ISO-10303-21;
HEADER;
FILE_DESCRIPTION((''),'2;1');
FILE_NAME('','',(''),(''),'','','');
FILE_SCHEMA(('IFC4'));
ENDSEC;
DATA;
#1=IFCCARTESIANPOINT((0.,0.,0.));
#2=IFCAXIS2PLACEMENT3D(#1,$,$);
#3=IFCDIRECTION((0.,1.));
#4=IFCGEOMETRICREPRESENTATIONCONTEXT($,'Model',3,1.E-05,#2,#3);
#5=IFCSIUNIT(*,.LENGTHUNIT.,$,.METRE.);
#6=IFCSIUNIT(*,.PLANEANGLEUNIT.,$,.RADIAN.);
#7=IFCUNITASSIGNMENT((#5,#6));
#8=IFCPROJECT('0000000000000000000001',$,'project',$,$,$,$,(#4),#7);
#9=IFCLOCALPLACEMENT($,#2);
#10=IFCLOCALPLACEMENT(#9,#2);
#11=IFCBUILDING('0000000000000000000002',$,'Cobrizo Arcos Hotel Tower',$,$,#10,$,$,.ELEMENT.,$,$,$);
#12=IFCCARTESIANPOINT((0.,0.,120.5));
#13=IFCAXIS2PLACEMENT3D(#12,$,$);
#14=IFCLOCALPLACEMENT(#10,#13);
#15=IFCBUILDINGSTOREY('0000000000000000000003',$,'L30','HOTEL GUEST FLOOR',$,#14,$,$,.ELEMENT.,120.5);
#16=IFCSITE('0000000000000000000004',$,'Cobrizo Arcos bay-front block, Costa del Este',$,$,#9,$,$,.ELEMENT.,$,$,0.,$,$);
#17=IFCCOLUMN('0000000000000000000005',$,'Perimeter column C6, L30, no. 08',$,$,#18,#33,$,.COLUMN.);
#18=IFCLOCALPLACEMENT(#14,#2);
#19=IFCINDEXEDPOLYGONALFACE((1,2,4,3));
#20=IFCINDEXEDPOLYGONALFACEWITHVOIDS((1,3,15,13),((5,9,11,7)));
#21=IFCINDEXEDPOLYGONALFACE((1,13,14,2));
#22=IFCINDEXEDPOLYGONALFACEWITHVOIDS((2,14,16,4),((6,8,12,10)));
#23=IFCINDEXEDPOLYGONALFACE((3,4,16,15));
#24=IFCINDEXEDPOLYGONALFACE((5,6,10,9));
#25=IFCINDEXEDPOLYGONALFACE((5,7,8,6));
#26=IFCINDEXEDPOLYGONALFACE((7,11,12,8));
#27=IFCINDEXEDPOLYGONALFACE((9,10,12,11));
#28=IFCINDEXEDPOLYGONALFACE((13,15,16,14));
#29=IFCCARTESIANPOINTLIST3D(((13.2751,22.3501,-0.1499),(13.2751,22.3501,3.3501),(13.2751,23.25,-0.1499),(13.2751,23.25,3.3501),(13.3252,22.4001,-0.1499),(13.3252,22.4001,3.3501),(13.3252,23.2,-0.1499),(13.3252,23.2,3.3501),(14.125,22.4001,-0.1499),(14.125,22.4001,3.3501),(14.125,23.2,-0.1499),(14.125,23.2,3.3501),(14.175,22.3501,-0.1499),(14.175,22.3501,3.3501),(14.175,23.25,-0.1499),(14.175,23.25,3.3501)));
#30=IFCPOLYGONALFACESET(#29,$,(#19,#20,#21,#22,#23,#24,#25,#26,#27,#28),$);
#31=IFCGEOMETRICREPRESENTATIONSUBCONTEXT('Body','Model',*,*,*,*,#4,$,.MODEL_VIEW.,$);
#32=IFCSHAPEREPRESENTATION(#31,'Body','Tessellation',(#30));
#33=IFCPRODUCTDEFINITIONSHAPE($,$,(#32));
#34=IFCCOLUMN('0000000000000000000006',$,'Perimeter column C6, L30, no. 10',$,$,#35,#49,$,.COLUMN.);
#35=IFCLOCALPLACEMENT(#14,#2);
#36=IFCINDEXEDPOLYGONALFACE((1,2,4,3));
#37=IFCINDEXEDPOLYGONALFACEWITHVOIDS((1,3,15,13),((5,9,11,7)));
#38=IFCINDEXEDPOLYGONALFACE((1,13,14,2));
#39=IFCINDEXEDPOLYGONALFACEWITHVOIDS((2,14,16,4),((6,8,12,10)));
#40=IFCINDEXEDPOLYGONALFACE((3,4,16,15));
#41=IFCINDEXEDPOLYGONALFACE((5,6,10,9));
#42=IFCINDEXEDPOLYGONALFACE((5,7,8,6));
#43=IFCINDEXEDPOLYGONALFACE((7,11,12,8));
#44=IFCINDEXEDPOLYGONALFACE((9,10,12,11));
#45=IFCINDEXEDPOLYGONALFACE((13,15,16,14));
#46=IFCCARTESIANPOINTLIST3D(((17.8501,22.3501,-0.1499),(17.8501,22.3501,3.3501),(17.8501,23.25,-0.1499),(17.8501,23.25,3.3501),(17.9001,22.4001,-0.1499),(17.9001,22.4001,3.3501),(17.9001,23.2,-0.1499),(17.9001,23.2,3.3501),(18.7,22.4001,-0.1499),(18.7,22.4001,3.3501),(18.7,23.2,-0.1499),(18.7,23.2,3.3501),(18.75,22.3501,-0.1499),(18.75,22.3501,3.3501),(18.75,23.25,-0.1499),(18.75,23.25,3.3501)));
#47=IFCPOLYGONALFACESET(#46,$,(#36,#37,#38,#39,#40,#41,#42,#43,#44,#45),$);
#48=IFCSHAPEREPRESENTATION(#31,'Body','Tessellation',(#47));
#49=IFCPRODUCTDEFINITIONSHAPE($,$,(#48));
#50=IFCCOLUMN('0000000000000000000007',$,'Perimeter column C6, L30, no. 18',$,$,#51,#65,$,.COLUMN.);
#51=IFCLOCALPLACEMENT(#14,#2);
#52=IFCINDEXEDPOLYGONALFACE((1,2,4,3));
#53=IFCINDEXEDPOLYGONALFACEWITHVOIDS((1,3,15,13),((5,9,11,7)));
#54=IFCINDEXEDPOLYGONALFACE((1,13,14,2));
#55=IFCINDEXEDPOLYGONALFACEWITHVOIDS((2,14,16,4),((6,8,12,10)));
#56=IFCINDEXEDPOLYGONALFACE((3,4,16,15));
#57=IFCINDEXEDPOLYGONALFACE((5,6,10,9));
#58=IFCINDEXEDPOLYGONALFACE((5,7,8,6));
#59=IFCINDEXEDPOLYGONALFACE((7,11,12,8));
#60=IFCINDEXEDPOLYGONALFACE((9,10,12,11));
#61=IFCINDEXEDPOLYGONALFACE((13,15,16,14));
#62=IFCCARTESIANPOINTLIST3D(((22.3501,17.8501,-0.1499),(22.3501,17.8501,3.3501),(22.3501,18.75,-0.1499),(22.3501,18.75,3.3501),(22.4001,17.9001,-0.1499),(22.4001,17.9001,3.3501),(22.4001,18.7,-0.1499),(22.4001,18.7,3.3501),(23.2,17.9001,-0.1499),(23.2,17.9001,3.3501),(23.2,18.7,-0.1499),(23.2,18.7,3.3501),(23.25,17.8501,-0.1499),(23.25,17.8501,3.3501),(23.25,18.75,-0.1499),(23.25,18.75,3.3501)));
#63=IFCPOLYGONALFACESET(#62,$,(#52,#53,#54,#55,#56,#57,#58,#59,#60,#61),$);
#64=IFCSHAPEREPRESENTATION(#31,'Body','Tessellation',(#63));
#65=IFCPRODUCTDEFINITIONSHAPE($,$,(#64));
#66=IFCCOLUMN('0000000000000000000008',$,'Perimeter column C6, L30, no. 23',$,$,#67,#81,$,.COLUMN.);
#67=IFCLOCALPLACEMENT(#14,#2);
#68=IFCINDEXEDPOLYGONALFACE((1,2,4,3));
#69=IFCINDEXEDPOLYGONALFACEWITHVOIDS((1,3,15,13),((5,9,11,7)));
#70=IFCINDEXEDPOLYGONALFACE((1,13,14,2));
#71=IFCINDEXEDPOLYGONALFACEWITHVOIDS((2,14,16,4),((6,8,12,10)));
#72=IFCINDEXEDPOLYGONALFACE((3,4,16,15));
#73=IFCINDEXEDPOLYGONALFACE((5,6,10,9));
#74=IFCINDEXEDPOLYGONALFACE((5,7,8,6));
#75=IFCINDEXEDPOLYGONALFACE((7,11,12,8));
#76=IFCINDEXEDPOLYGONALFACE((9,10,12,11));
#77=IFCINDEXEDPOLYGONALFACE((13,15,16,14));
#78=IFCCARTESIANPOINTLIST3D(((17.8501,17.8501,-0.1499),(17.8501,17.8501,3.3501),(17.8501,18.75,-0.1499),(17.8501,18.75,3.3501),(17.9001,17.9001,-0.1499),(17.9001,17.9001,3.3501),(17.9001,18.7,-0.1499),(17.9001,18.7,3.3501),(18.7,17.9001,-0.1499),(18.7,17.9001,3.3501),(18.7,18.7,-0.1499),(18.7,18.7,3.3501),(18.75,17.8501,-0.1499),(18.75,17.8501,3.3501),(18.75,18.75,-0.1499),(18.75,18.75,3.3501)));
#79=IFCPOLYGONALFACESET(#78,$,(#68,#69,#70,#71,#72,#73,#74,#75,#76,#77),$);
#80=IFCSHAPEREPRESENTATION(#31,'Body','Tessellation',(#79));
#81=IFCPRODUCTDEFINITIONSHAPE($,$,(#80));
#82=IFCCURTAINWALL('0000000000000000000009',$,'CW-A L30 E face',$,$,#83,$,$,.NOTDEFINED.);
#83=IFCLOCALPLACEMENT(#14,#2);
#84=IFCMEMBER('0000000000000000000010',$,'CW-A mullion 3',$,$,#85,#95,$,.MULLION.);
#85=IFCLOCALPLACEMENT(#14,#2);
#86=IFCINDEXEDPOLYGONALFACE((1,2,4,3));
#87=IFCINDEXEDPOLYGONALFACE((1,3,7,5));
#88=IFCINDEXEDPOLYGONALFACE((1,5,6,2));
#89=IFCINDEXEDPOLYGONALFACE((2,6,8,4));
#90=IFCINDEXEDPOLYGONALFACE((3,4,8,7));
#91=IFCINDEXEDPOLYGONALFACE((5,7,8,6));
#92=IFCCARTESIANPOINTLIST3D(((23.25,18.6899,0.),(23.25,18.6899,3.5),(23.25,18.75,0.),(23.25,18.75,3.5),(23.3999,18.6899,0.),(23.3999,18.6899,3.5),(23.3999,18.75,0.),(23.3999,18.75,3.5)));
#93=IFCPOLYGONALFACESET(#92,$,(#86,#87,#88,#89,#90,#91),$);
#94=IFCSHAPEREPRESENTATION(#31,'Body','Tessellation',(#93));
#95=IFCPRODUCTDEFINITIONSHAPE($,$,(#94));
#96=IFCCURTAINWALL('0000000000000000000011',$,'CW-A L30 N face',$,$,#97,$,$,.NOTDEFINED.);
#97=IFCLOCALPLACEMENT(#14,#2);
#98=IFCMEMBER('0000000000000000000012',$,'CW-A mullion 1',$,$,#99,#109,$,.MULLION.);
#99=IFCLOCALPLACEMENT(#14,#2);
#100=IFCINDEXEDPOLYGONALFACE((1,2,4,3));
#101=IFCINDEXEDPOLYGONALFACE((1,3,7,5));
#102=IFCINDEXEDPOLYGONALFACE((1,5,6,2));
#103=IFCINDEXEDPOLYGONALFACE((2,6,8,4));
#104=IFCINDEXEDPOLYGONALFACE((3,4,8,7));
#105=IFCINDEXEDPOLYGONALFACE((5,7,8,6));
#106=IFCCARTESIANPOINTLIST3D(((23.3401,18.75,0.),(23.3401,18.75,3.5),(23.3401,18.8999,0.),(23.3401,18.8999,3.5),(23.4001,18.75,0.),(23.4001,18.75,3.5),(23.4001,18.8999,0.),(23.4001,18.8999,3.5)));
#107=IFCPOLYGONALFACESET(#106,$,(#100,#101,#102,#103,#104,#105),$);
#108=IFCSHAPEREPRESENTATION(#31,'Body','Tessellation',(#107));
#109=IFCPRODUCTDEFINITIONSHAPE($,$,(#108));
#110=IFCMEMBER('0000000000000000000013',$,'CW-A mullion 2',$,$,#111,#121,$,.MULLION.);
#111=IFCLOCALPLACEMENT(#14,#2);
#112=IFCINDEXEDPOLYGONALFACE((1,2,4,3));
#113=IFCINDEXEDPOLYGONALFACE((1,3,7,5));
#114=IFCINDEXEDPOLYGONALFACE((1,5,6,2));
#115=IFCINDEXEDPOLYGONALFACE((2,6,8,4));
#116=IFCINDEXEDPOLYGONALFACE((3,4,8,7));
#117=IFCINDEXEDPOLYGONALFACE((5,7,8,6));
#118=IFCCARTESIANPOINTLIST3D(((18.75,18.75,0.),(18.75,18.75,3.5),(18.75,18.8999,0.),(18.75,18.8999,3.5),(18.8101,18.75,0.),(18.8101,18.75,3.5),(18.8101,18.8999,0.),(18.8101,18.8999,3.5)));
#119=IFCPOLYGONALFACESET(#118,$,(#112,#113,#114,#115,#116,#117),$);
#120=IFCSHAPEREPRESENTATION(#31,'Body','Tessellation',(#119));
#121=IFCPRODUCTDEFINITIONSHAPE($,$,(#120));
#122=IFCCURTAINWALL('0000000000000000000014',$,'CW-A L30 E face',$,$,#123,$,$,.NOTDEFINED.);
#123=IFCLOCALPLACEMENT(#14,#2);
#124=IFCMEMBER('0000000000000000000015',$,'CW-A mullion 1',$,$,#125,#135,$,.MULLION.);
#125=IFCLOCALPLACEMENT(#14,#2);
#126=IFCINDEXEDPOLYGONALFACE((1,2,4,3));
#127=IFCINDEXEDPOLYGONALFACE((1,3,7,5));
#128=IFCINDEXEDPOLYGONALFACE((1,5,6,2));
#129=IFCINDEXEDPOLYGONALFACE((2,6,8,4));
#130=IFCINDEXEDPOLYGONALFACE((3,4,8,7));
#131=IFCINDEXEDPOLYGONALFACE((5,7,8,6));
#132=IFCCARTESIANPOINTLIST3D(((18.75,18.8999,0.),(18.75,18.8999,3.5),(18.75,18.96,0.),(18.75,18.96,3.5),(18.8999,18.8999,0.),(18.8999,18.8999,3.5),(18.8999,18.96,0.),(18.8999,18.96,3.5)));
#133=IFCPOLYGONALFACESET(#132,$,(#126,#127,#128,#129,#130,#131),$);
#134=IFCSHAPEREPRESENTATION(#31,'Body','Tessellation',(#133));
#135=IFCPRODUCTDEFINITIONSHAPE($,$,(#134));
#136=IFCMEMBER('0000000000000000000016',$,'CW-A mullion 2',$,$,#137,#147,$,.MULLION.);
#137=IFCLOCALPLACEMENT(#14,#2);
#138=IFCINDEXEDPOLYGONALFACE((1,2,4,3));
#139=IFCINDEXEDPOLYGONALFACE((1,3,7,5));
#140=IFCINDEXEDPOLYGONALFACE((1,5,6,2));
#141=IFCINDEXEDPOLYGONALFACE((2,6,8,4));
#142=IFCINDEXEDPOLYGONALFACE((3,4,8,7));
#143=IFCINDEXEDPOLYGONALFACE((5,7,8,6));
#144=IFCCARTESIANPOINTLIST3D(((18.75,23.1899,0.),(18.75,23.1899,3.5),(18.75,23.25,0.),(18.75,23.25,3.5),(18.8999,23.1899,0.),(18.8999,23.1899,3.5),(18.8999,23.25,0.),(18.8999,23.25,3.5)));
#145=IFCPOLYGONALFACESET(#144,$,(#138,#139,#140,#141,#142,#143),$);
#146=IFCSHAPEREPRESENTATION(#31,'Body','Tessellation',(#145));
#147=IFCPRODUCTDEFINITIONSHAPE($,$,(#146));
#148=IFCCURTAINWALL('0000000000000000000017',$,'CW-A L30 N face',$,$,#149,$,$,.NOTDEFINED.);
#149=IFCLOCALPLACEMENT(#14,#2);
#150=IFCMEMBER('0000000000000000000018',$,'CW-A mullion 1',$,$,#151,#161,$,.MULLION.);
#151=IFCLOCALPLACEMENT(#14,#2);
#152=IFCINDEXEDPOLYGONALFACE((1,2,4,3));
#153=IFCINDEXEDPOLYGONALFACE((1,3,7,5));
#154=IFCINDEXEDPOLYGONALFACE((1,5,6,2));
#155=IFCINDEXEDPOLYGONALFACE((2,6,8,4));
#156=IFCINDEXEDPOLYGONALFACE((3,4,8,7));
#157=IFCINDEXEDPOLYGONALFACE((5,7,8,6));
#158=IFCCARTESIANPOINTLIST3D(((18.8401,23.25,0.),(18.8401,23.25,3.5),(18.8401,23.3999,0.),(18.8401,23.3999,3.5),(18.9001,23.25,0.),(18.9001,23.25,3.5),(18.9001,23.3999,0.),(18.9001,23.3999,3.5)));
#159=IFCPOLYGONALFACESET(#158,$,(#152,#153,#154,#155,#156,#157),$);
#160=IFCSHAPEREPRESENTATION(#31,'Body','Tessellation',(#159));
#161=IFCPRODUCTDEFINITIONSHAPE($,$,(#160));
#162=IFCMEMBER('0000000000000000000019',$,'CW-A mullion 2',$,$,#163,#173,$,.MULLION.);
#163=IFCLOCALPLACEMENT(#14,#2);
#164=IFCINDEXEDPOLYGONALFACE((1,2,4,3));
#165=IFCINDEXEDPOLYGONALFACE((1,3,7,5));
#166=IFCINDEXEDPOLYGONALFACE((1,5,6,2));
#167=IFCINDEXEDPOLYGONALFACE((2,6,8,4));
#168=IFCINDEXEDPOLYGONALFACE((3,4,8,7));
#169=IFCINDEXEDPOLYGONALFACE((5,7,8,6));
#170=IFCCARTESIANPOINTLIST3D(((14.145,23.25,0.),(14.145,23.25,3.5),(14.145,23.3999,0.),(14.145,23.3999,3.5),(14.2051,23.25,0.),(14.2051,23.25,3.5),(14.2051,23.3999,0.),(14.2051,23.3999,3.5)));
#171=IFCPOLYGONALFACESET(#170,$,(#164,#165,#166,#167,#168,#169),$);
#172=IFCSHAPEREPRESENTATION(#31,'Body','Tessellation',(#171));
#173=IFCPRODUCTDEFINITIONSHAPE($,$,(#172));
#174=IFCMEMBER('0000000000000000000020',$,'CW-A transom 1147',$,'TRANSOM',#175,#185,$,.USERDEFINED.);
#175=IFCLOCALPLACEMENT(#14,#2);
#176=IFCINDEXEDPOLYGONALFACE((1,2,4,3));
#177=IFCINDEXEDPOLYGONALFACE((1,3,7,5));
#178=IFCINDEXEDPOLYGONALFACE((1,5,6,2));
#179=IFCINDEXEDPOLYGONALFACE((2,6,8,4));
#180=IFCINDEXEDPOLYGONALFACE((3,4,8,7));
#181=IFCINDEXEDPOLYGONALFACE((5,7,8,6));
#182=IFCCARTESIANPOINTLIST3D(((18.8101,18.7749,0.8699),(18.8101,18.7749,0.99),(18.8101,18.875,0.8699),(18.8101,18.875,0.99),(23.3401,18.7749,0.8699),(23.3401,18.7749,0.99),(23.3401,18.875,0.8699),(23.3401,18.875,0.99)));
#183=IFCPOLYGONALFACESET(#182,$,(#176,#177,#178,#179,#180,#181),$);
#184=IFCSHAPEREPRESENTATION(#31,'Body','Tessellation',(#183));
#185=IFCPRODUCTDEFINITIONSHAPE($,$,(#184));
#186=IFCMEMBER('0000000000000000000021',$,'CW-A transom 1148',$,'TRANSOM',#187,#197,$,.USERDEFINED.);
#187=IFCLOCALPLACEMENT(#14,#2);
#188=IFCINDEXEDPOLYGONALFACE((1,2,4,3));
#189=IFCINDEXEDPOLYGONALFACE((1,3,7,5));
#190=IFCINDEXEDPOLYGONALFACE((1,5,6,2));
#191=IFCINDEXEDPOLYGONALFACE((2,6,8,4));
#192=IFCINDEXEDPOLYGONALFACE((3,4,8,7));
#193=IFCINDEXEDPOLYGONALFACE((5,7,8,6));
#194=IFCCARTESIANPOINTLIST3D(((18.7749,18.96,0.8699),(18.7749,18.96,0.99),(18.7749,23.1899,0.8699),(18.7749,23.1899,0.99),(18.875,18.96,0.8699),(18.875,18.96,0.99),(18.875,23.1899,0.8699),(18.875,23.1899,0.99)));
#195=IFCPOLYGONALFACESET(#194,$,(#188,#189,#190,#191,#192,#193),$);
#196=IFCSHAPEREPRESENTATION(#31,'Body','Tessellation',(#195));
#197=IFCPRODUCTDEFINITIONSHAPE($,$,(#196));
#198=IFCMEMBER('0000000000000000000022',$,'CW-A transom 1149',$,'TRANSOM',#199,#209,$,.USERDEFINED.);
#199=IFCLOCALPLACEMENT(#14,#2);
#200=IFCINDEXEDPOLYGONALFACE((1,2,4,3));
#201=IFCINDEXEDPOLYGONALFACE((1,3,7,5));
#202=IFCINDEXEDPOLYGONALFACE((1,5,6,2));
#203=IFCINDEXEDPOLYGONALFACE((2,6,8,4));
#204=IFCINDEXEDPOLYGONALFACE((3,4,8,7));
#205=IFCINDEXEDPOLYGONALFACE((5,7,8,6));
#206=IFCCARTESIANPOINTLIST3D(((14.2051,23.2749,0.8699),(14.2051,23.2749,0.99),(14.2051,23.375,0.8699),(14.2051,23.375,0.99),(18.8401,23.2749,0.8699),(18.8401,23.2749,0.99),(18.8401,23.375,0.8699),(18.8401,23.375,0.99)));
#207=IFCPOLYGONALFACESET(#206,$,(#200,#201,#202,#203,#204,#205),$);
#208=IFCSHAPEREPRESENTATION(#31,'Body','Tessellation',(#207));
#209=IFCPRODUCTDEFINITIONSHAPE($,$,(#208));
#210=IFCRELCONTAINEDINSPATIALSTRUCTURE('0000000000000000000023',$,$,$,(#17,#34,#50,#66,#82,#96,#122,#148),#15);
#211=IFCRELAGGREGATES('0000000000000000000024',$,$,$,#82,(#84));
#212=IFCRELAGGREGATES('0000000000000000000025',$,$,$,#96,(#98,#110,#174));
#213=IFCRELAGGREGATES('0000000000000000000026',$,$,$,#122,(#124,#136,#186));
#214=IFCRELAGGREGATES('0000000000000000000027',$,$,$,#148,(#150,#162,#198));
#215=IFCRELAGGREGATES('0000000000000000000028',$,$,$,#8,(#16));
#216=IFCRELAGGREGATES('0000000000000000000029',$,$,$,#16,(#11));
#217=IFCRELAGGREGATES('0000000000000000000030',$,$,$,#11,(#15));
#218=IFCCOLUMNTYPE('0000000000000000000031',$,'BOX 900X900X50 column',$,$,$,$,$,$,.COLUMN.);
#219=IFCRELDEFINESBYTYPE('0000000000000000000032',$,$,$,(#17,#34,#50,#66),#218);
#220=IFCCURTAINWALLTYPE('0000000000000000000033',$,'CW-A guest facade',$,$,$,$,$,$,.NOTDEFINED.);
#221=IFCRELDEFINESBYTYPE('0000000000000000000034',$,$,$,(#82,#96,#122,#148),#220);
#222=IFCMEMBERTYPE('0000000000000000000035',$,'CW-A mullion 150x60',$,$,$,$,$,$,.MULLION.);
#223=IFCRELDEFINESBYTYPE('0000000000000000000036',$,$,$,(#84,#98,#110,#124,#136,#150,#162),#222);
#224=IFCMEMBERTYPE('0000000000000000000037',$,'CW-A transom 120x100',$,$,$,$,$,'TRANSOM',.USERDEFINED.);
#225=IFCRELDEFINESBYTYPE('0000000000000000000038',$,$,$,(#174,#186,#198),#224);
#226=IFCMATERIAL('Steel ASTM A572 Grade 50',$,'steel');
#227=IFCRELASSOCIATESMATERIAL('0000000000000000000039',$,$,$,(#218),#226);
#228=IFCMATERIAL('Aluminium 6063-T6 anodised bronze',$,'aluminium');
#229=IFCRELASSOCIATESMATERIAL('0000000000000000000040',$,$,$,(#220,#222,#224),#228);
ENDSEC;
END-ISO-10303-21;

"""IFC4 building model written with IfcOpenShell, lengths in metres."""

from ifc_helpers import new_model, si_unit, direction, frame, origin, origin_2d, place, context, subcontext, project, spatial, rectangle, hollow_rectangle, extrude, material, material_profile, profile_set, type_object, element, aggregate, save


model = new_model("IFC4")

# Units and contexts
model_context = context("Model", 3, precision=1e-05, world=origin(), true_north=direction((0.0, 1.0)))
body_context = subcontext(model_context, "Body", "Model", "MODEL_VIEW")
ifc_project = project(units=[si_unit("LENGTHUNIT", "METRE"), si_unit("PLANEANGLEUNIT", "RADIAN")], contexts=[model_context])

# Site, building, storey
site_placement = place(None, origin())
site = spatial("IfcSite", under=ifc_project, at=site_placement, Name="Cobrizo Arcos bay-front block, Costa del Este", CompositionType="ELEMENT", RefElevation=0.0)
building_placement = place(site_placement, origin())
building = spatial("IfcBuilding", under=site, at=building_placement, Name="Cobrizo Arcos Hotel Tower", CompositionType="ELEMENT")
storey_placement = place(building_placement, frame((0.0, 0.0, 120.5)))
storey = spatial("IfcBuildingStorey", under=building, at=storey_placement, Name="L30", Description="HOTEL GUEST FLOOR", CompositionType="ELEMENT", Elevation=120.5)

# Columns
ifc_material_1 = material(Name="Steel ASTM A572 Grade 50", Category="steel")
ifc_material_profile_1 = material_profile(ifc_material_1, hollow_rectangle(XDim=0.8999, YDim=0.8999, WallThickness=0.05, at=origin_2d()), Name="BOX 900X900X50")
ifc_profile_set_1 = profile_set([ifc_material_profile_1], Name="Steel ASTM A572 Grade 50")
column_type = type_object("IfcColumnType", Name="BOX 900X900X50 column", PredefinedType="COLUMN", material=ifc_profile_set_1)
for number, where, z_axis, x_axis, name in (
    (1, (13.7251, 22.8, -0.1499), (0.0, 0.0, 1.0), (1.0, 0.0, 0.0), "Perimeter column C6, L30, no. 08"),
    (2, (18.3, 22.8, -0.1499), (0.0, 0.0, 1.0), (1.0, 0.0, 0.0), "Perimeter column C6, L30, no. 10"),
    (3, (22.8, 18.3, -0.1499), (0.0, 0.0, 1.0), (1.0, 0.0, 0.0), "Perimeter column C6, L30, no. 18"),
    (4, (18.3, 18.3, -0.1499), (0.0, 0.0, 1.0), (1.0, 0.0, 0.0), "Perimeter column C6, L30, no. 23"),
):
    element("IfcColumn", number, at=place(storey_placement, frame(where, z_axis=z_axis, x_axis=x_axis)), inside=storey, type_object=column_type, Name=name, PredefinedType="COLUMN", context=body_context, shape_type="SweptSolid", body=[
        extrude(hollow_rectangle(XDim=0.8999, YDim=0.8999, WallThickness=0.05, at=origin_2d()), origin(), (0.0, 0.0, 1.0), 3.5),
    ])

# Curtain wall, member
ifc_material_2 = material(Name="Aluminium 6063-T6 anodised bronze", Category="aluminium")
curtain_wall_type = type_object("IfcCurtainWallType", Name="CW-A guest facade", PredefinedType="NOTDEFINED", material=ifc_material_2)
curtain_wall_1_placement = place(storey_placement, origin())
curtain_wall_1 = element("IfcCurtainWall", 5, at=curtain_wall_1_placement, inside=storey, type_object=curtain_wall_type, Name="CW-A L30 E face", PredefinedType="NOTDEFINED")
ifc_material_profile_2 = material_profile(ifc_material_2, rectangle(XDim=0.1499, YDim=0.0601, at=origin_2d()), Name="CW-A mullion 150x60")
ifc_profile_set_2 = profile_set([ifc_material_profile_2], Name="Aluminium 6063-T6 anodised bronze")
member_type_1 = type_object("IfcMemberType", Name="CW-A mullion 150x60", PredefinedType="MULLION", material=ifc_profile_set_2)
member_1_placement = place(storey_placement, frame((23.325, 18.72, 0.0), z_axis=(0.0, 0.0, 1.0), x_axis=(1.0, 0.0, 0.0)))
member_1 = element("IfcMember", 6, at=member_1_placement, type_object=member_type_1, Name="CW-A mullion 3", PredefinedType="MULLION", context=body_context, shape_type="SweptSolid", body=[
    extrude(rectangle(XDim=0.1499, YDim=0.0601, at=origin_2d()), origin(), (0.0, 0.0, 1.0), 3.5),
])

# Curtain walls, members
curtain_wall_2_placement = place(storey_placement, origin())
curtain_wall_2 = element("IfcCurtainWall", 7, at=curtain_wall_2_placement, inside=storey, type_object=curtain_wall_type, Name="CW-A L30 N face", PredefinedType="NOTDEFINED")
member_2_placement = place(storey_placement, frame((23.3701, 18.825, 0.0), z_axis=(0.0, 0.0, 1.0), x_axis=(0.0, 1.0, 0.0)))
member_2 = element("IfcMember", 8, at=member_2_placement, type_object=member_type_1, Name="CW-A mullion 1", PredefinedType="MULLION", context=body_context, shape_type="SweptSolid", body=[
    extrude(rectangle(XDim=0.1499, YDim=0.0601, at=origin_2d()), origin(), (0.0, 0.0, 1.0), 3.5),
])
member_3_placement = place(storey_placement, frame((18.78, 18.825, 0.0), z_axis=(0.0, 0.0, 1.0), x_axis=(0.0, 1.0, 0.0)))
member_3 = element("IfcMember", 9, at=member_3_placement, type_object=member_type_1, Name="CW-A mullion 2", PredefinedType="MULLION", context=body_context, shape_type="SweptSolid", body=[
    extrude(rectangle(XDim=0.1499, YDim=0.0601, at=origin_2d()), origin(), (0.0, 0.0, 1.0), 3.5),
])
curtain_wall_3_placement = place(storey_placement, origin())
curtain_wall_3 = element("IfcCurtainWall", 10, at=curtain_wall_3_placement, inside=storey, type_object=curtain_wall_type, Name="CW-A L30 E face", PredefinedType="NOTDEFINED")
member_4_placement = place(storey_placement, frame((18.825, 18.9299, 0.0), z_axis=(0.0, 0.0, 1.0), x_axis=(1.0, 0.0, 0.0)))
member_4 = element("IfcMember", 11, at=member_4_placement, type_object=member_type_1, Name="CW-A mullion 1", PredefinedType="MULLION", context=body_context, shape_type="SweptSolid", body=[
    extrude(rectangle(XDim=0.1499, YDim=0.0601, at=origin_2d()), origin(), (0.0, 0.0, 1.0), 3.5),
])
member_5_placement = place(storey_placement, frame((18.825, 23.22, 0.0), z_axis=(0.0, 0.0, 1.0), x_axis=(1.0, 0.0, 0.0)))
member_5 = element("IfcMember", 12, at=member_5_placement, type_object=member_type_1, Name="CW-A mullion 2", PredefinedType="MULLION", context=body_context, shape_type="SweptSolid", body=[
    extrude(rectangle(XDim=0.1499, YDim=0.0601, at=origin_2d()), origin(), (0.0, 0.0, 1.0), 3.5),
])
curtain_wall_4_placement = place(storey_placement, origin())
curtain_wall_4 = element("IfcCurtainWall", 13, at=curtain_wall_4_placement, inside=storey, type_object=curtain_wall_type, Name="CW-A L30 N face", PredefinedType="NOTDEFINED")
member_6_placement = place(storey_placement, frame((18.8701, 23.325, 0.0), z_axis=(0.0, 0.0, 1.0), x_axis=(0.0, 1.0, 0.0)))
member_6 = element("IfcMember", 14, at=member_6_placement, type_object=member_type_1, Name="CW-A mullion 1", PredefinedType="MULLION", context=body_context, shape_type="SweptSolid", body=[
    extrude(rectangle(XDim=0.1499, YDim=0.0601, at=origin_2d()), origin(), (0.0, 0.0, 1.0), 3.5),
])
member_7_placement = place(storey_placement, frame((14.175, 23.325, 0.0), z_axis=(0.0, 0.0, 1.0), x_axis=(0.0, 1.0, 0.0)))
member_7 = element("IfcMember", 15, at=member_7_placement, type_object=member_type_1, Name="CW-A mullion 2", PredefinedType="MULLION", context=body_context, shape_type="SweptSolid", body=[
    extrude(rectangle(XDim=0.1499, YDim=0.0601, at=origin_2d()), origin(), (0.0, 0.0, 1.0), 3.5),
])

# Members
ifc_material_profile_3 = material_profile(ifc_material_2, rectangle(XDim=0.1001, YDim=0.1201, at=origin_2d()), Name="CW-A transom 120x100")
ifc_profile_set_3 = profile_set([ifc_material_profile_3], Name="Aluminium 6063-T6 anodised bronze")
member_type_2 = type_object("IfcMemberType", Name="CW-A transom 120x100", ElementType="TRANSOM", PredefinedType="USERDEFINED", material=ifc_profile_set_3)
member_8_placement = place(storey_placement, frame((23.3401, 18.825, 0.9299), z_axis=(-1.0, 0.0, 0.0), x_axis=(0.0, -1.0, 0.0)))
member_8 = element("IfcMember", 16, at=member_8_placement, type_object=member_type_2, Name="CW-A transom 1147", ObjectType="TRANSOM", PredefinedType="USERDEFINED", context=body_context, shape_type="SweptSolid", body=[
    extrude(rectangle(XDim=0.1001, YDim=0.1201, at=origin_2d()), origin(), (0.0, 0.0, 1.0), 4.53),
])
member_9_placement = place(storey_placement, frame((18.825, 18.96, 0.9299), z_axis=(0.0, 1.0, 0.0), x_axis=(-1.0, 0.0, 0.0)))
member_9 = element("IfcMember", 17, at=member_9_placement, type_object=member_type_2, Name="CW-A transom 1148", ObjectType="TRANSOM", PredefinedType="USERDEFINED", context=body_context, shape_type="SweptSolid", body=[
    extrude(rectangle(XDim=0.1001, YDim=0.1201, at=origin_2d()), origin(), (0.0, 0.0, 1.0), 4.23),
])
member_10_placement = place(storey_placement, frame((18.8401, 23.325, 0.9299), z_axis=(-1.0, 0.0, 0.0), x_axis=(0.0, -1.0, 0.0)))
member_10 = element("IfcMember", 18, at=member_10_placement, type_object=member_type_2, Name="CW-A transom 1149", ObjectType="TRANSOM", PredefinedType="USERDEFINED", context=body_context, shape_type="SweptSolid", body=[
    extrude(rectangle(XDim=0.1001, YDim=0.1201, at=origin_2d()), origin(), (0.0, 0.0, 1.0), 4.635),
])

aggregate(curtain_wall_1, [member_1])
aggregate(curtain_wall_2, [member_2, member_3, member_8])
aggregate(curtain_wall_3, [member_4, member_5, member_9])
aggregate(curtain_wall_4, [member_6, member_7, member_10])

save(model, "model.ifc")
